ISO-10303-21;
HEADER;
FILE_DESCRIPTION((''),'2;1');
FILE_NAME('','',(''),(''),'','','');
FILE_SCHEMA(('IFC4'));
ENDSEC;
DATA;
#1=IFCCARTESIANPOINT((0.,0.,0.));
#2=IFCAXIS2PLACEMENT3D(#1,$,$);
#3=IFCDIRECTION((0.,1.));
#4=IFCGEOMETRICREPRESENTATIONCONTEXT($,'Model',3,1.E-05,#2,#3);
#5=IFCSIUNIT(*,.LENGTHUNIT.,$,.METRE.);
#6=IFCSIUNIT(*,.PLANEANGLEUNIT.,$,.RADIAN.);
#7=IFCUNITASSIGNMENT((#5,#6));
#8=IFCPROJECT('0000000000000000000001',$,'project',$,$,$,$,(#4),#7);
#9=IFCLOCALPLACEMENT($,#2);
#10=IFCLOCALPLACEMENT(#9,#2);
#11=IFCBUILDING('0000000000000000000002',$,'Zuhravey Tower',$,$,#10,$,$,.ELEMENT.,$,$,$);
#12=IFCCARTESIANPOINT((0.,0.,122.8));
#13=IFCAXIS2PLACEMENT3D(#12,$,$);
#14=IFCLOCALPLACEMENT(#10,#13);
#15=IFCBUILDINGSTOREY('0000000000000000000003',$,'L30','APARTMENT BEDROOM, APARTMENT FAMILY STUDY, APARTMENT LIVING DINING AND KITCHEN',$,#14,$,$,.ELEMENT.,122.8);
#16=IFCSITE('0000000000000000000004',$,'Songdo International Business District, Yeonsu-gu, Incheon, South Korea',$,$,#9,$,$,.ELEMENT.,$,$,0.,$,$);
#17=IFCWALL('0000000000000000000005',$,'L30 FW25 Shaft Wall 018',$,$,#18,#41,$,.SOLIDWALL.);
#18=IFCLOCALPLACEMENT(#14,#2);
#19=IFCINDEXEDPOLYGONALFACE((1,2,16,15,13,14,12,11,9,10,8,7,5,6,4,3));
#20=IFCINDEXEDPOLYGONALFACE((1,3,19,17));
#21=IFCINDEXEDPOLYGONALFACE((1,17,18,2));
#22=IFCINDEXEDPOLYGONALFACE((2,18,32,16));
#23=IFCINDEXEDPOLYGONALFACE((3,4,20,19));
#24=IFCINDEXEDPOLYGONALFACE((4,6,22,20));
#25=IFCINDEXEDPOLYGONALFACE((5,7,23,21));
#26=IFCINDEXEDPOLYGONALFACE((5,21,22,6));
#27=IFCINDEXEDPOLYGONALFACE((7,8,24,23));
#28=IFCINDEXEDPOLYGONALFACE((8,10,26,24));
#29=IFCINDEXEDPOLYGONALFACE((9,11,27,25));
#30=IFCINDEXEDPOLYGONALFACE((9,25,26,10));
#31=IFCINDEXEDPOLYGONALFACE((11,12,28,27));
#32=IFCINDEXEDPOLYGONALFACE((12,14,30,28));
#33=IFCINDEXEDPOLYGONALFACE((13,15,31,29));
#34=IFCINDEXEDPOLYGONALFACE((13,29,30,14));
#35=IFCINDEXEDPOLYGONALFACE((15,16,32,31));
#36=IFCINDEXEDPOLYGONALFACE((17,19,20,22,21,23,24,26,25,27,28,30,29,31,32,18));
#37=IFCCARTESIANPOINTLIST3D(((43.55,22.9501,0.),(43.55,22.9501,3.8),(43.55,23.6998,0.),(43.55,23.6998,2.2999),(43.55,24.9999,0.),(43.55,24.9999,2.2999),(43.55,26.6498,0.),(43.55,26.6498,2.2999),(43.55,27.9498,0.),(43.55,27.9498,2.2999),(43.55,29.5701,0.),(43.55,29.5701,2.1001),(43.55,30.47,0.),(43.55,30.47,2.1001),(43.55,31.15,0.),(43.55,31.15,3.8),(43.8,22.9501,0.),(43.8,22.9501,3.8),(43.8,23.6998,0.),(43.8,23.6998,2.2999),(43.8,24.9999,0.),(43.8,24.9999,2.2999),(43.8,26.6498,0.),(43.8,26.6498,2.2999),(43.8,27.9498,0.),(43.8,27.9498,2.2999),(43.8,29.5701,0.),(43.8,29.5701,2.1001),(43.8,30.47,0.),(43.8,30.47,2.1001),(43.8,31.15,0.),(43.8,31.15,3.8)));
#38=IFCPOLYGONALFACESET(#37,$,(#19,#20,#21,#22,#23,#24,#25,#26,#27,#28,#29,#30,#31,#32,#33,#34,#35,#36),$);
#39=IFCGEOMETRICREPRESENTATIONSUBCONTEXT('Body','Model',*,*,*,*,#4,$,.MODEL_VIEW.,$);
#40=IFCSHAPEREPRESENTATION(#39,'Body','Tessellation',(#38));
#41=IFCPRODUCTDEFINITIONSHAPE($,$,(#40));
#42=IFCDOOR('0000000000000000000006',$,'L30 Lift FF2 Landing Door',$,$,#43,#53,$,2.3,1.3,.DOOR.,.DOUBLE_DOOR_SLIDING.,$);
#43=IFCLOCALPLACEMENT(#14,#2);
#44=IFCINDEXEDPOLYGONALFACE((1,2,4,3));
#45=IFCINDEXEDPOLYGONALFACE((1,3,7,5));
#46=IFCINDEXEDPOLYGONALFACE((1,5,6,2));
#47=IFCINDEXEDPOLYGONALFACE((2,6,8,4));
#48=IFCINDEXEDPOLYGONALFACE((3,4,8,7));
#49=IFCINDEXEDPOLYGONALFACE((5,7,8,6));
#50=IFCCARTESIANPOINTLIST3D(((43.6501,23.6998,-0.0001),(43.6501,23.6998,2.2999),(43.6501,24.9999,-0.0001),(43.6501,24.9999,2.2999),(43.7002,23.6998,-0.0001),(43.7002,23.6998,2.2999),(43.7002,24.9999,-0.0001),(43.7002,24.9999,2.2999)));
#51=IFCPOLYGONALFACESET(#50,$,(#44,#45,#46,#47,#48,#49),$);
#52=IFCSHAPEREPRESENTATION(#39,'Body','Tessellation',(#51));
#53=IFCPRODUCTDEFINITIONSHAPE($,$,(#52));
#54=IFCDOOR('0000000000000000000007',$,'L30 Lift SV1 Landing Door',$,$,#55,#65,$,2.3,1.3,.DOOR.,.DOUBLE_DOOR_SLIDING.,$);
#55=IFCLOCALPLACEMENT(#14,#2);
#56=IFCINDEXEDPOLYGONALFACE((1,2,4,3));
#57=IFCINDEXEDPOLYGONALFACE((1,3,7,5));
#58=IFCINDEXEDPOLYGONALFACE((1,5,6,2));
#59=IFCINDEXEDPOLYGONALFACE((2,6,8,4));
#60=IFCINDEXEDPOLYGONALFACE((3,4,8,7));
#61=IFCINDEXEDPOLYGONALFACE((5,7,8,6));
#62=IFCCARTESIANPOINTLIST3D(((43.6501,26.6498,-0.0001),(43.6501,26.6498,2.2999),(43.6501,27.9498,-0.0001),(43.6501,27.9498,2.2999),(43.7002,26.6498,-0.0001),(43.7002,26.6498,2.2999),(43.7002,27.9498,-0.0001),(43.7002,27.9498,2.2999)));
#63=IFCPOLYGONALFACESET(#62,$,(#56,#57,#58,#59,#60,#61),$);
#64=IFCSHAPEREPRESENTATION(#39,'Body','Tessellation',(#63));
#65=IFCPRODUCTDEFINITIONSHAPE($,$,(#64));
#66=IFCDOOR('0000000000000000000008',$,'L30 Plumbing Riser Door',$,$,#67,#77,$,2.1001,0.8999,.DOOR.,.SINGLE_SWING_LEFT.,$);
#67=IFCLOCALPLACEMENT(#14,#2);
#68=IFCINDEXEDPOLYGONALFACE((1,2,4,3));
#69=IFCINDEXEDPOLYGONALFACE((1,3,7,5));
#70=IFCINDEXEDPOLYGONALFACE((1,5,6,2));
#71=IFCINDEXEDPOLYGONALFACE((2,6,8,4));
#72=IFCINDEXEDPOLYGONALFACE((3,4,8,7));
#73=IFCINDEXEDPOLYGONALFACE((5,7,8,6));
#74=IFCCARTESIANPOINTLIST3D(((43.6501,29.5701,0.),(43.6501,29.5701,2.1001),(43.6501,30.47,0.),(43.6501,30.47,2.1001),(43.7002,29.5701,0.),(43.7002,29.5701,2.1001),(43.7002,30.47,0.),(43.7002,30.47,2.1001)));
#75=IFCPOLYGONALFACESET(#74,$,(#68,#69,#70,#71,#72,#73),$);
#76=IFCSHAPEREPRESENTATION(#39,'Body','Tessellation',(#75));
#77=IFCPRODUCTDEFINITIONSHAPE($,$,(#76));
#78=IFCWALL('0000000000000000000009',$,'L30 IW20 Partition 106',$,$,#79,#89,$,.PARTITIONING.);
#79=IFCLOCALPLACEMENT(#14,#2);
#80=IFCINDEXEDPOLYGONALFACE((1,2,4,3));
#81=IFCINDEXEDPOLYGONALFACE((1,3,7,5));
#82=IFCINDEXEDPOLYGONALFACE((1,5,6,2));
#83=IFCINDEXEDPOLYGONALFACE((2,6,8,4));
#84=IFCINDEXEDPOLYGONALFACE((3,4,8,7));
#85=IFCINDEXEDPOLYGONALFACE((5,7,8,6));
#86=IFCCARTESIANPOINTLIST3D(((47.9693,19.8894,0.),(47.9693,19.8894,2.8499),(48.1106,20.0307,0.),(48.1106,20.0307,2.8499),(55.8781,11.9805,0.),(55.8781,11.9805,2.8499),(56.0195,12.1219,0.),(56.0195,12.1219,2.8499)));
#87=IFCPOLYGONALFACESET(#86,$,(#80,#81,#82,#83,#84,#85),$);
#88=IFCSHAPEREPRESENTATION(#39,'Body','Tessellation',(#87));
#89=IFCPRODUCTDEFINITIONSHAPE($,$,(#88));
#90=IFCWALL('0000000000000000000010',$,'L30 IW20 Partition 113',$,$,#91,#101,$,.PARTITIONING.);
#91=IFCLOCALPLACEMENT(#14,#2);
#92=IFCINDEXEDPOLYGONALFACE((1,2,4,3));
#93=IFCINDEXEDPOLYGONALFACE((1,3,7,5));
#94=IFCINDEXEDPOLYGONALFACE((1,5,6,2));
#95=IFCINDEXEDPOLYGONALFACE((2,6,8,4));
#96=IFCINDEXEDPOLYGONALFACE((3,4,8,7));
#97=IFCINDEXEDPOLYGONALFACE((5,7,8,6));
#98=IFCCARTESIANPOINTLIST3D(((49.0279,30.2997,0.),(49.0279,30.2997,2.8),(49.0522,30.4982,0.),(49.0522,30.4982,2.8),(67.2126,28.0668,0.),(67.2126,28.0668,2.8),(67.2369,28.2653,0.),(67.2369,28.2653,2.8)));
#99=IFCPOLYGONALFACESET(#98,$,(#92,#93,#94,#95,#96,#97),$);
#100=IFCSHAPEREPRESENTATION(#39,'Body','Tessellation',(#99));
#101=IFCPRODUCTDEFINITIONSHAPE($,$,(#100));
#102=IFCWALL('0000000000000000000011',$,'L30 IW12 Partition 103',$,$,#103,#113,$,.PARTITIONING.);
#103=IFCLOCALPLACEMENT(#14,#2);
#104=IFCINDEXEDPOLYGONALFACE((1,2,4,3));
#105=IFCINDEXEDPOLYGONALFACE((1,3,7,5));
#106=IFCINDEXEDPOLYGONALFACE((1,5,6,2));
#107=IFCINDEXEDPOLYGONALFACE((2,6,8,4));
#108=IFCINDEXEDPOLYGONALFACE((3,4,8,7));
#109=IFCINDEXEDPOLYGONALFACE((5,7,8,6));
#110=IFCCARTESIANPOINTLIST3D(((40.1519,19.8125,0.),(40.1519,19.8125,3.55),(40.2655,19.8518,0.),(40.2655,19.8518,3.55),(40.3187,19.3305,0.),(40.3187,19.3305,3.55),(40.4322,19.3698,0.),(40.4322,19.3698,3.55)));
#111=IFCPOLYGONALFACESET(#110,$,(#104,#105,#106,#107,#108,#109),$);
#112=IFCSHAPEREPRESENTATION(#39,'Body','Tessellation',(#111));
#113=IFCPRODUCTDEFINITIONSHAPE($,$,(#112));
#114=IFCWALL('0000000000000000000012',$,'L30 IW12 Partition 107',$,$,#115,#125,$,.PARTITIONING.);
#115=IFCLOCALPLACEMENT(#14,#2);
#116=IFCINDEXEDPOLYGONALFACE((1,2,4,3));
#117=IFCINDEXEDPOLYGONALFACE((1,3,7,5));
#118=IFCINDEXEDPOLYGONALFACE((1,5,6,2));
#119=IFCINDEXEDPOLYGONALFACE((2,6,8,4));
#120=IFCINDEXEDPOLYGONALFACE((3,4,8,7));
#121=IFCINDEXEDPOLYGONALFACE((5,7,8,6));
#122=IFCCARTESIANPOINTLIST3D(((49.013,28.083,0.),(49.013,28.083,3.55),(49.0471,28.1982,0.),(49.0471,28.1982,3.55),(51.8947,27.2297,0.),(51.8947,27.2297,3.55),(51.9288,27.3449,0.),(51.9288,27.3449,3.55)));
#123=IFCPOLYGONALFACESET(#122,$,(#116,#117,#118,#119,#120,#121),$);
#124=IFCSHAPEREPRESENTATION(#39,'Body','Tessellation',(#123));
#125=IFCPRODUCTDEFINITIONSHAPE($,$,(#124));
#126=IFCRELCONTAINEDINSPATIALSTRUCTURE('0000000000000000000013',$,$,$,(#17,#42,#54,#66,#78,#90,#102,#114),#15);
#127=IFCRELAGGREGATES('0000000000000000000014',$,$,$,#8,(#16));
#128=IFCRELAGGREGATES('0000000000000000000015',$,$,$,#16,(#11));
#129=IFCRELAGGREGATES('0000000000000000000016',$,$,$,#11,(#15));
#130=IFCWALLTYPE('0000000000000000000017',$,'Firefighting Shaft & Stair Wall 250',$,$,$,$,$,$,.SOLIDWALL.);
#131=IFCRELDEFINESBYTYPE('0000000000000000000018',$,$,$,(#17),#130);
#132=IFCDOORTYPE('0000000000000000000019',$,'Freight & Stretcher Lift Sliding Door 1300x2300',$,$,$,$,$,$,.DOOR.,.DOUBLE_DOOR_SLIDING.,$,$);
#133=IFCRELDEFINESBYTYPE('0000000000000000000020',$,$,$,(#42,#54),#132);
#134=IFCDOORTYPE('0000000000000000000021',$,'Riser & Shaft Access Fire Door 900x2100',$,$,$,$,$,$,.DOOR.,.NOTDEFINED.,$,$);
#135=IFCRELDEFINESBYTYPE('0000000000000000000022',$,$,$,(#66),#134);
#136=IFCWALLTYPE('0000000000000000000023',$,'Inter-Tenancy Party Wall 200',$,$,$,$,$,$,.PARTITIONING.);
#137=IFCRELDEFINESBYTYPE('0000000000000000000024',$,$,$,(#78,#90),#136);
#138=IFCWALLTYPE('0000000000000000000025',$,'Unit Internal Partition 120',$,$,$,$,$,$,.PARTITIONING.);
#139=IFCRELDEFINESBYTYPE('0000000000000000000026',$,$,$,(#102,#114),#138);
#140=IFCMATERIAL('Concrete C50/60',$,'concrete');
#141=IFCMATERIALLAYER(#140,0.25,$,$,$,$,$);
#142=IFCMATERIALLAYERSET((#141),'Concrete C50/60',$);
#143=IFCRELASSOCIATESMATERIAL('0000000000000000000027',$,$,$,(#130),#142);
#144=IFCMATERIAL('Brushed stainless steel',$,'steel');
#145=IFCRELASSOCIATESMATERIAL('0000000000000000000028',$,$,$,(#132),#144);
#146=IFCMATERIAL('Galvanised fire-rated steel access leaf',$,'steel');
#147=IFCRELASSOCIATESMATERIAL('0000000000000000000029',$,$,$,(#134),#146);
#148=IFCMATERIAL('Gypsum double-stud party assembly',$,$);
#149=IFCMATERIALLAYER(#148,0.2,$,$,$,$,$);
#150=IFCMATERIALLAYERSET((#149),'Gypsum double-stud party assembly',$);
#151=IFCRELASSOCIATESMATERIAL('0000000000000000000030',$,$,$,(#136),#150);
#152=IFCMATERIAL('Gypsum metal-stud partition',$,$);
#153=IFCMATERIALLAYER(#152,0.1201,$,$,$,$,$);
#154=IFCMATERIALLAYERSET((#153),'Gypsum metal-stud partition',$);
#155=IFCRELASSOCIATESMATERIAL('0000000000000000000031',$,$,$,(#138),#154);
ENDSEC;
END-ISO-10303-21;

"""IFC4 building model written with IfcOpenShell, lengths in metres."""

from ifc_helpers import new_model, si_unit, direction, frame, frame_2d, origin, place, context, subcontext, project, spatial, rectangle, extrude, material, layer, layer_set, type_object, element, fill, save


model = new_model("IFC4")

# Units and contexts
model_context = context("Model", 3, precision=1e-05, world=origin(), true_north=direction((0.0, 1.0)))
body_context = subcontext(model_context, "Body", "Model", "MODEL_VIEW")
ifc_project = project(units=[si_unit("LENGTHUNIT", "METRE"), si_unit("PLANEANGLEUNIT", "RADIAN")], contexts=[model_context])

# Site, building, storey
site_placement = place(None, origin())
site = spatial("IfcSite", under=ifc_project, at=site_placement, Name="Songdo International Business District, Yeonsu-gu, Incheon, South Korea", CompositionType="ELEMENT", RefElevation=0.0)
building_placement = place(site_placement, origin())
building = spatial("IfcBuilding", under=site, at=building_placement, Name="Zuhravey Tower", CompositionType="ELEMENT")
storey_placement = place(building_placement, frame((0.0, 0.0, 122.8)))
storey = spatial("IfcBuildingStorey", under=building, at=storey_placement, Name="L30", Description="APARTMENT BEDROOM, APARTMENT FAMILY STUDY, APARTMENT LIVING DINING AND KITCHEN", CompositionType="ELEMENT", Elevation=122.8)

# Shared definitions
ifc_material_1 = material(Name="Concrete C50/60", Category="concrete")
ifc_layer_1 = layer(ifc_material_1, 0.25)
ifc_layer_set_1 = layer_set([ifc_layer_1], Name="Concrete C50/60")
wall_type_1 = type_object("IfcWallType", Name="Firefighting Shaft & Stair Wall 250", PredefinedType="SOLIDWALL", material=ifc_layer_set_1)

# Wall, openings, doors
wall_1_placement = place(storey_placement, frame((43.675, 22.95, 0.0), z_axis=(0.0, 0.0, 1.0), x_axis=(0.0, 1.0, 0.0)))
wall_1 = element("IfcWall", 1, at=wall_1_placement, inside=storey, type_object=wall_type_1, Name="L30 FW25 Shaft Wall 018", PredefinedType="SOLIDWALL", context=body_context, shape_type="SweptSolid", body=[
    extrude(rectangle(XDim=8.2, YDim=0.25, at=frame_2d((4.1001, 0.0))), origin(), (0.0, 0.0, 1.0), 3.8),
])
opening_1_placement = place(wall_1_placement, frame((0.75, 0.0, 0.0)))
opening_1 = element("IfcOpeningElement", 2, at=opening_1_placement, cuts=wall_1, PredefinedType="OPENING", context=body_context, shape_type="SweptSolid", body=[
    extrude(rectangle(XDim=1.3, YDim=2.3, at=frame_2d((0.6499, 1.1499))), frame((0.0, 0.137, 0.0), z_axis=(0.0, -1.0, 0.0), x_axis=(1.0, 0.0, 0.0)), (0.0, 0.0, 1.0), 0.2739),
])
opening_2_placement = place(wall_1_placement, frame((3.7, 0.0, 0.0)))
opening_2 = element("IfcOpeningElement", 3, at=opening_2_placement, cuts=wall_1, PredefinedType="OPENING", context=body_context, shape_type="SweptSolid", body=[
    extrude(rectangle(XDim=1.3, YDim=2.3, at=frame_2d((0.6499, 1.1499))), frame((0.0, 0.137, 0.0), z_axis=(0.0, -1.0, 0.0), x_axis=(1.0, 0.0, 0.0)), (0.0, 0.0, 1.0), 0.2739),
])
opening_3_placement = place(wall_1_placement, frame((6.6201, 0.0, 0.0)))
opening_3 = element("IfcOpeningElement", 4, at=opening_3_placement, cuts=wall_1, PredefinedType="OPENING", context=body_context, shape_type="SweptSolid", body=[
    extrude(rectangle(XDim=0.8999, YDim=2.1001, at=frame_2d((0.45, 1.05))), frame((0.0, 0.137, 0.0), z_axis=(0.0, -1.0, 0.0), x_axis=(1.0, 0.0, 0.0)), (0.0, 0.0, 1.0), 0.2739),
])
ifc_material_2 = material(Name="Brushed stainless steel", Category="steel")
door_type_1 = type_object("IfcDoorType", Name="Freight & Stretcher Lift Sliding Door 1300x2300", OperationType="DOUBLE_DOOR_SLIDING", PredefinedType="DOOR", material=ifc_material_2)
door_1_placement = place(opening_1_placement, origin())
door_1 = element("IfcDoor", 5, at=door_1_placement, inside=storey, type_object=door_type_1, Name="L30 Lift FF2 Landing Door", OperationType="DOUBLE_DOOR_SLIDING", OverallHeight=2.3, OverallWidth=1.3, PredefinedType="DOOR", context=body_context, shape_type="SweptSolid", body=[
    extrude(rectangle(XDim=1.3, YDim=2.3, at=frame_2d((0.6499, 1.1499))), frame((0.0, 0.0249, 0.0), z_axis=(0.0, -1.0, 0.0), x_axis=(1.0, 0.0, 0.0)), (0.0, 0.0, 1.0), 0.05),
])
fill(opening_1, door_1)
door_2_placement = place(opening_2_placement, origin())
door_2 = element("IfcDoor", 6, at=door_2_placement, inside=storey, type_object=door_type_1, Name="L30 Lift SV1 Landing Door", OperationType="DOUBLE_DOOR_SLIDING", OverallHeight=2.3, OverallWidth=1.3, PredefinedType="DOOR", context=body_context, shape_type="SweptSolid", body=[
    extrude(rectangle(XDim=1.3, YDim=2.3, at=frame_2d((0.6499, 1.1499))), frame((0.0, 0.0249, 0.0), z_axis=(0.0, -1.0, 0.0), x_axis=(1.0, 0.0, 0.0)), (0.0, 0.0, 1.0), 0.05),
])
fill(opening_2, door_2)
ifc_material_3 = material(Name="Galvanised fire-rated steel access leaf", Category="steel")
door_type_2 = type_object("IfcDoorType", Name="Riser & Shaft Access Fire Door 900x2100", OperationType="NOTDEFINED", PredefinedType="DOOR", material=ifc_material_3)
door_3_placement = place(opening_3_placement, origin())
door_3 = element("IfcDoor", 7, at=door_3_placement, inside=storey, type_object=door_type_2, Name="L30 Plumbing Riser Door", OperationType="SINGLE_SWING_LEFT", OverallHeight=2.1001, OverallWidth=0.8999, PredefinedType="DOOR", context=body_context, shape_type="SweptSolid", body=[
    extrude(rectangle(XDim=0.8999, YDim=2.1001, at=frame_2d((0.45, 1.05))), frame((0.0, 0.0249, 0.0), z_axis=(0.0, -1.0, 0.0), x_axis=(1.0, 0.0, 0.0)), (0.0, 0.0, 1.0), 0.05),
])
fill(opening_3, door_3)

# Walls
ifc_material_4 = material(Name="Gypsum double-stud party assembly")
ifc_layer_2 = layer(ifc_material_4, 0.2)
ifc_layer_set_2 = layer_set([ifc_layer_2], Name="Gypsum double-stud party assembly")
wall_type_2 = type_object("IfcWallType", Name="Inter-Tenancy Party Wall 200", PredefinedType="PARTITIONING", material=ifc_layer_set_2)
wall_2_placement = place(storey_placement, frame((48.04, 19.96, 0.0), z_axis=(0.0, 0.0, 1.0), x_axis=(0.707107, -0.707107, 0.0)))
element("IfcWall", 8, at=wall_2_placement, inside=storey, type_object=wall_type_2, Name="L30 IW20 Partition 106", PredefinedType="PARTITIONING", context=body_context, shape_type="SweptSolid", body=[
    extrude(rectangle(XDim=11.1848, YDim=0.2, at=frame_2d((5.5923, 0.0))), origin(), (0.0, 0.0, 1.0), 2.8499),
])
wall_3_placement = place(storey_placement, frame((49.04, 30.3989, 0.0), z_axis=(0.0, 0.0, 1.0), x_axis=(0.992546, -0.121874, 0.0)))
element("IfcWall", 9, at=wall_3_placement, inside=storey, type_object=wall_type_2, Name="L30 IW20 Partition 113", PredefinedType="PARTITIONING", context=body_context, shape_type="SweptSolid", body=[
    extrude(rectangle(XDim=18.3213, YDim=0.2, at=frame_2d((9.1606, 0.0))), origin(), (0.0, 0.0, 1.0), 2.8),
])
ifc_material_5 = material(Name="Gypsum metal-stud partition")
ifc_layer_3 = layer(ifc_material_5, 0.1201)
ifc_layer_set_3 = layer_set([ifc_layer_3], Name="Gypsum metal-stud partition")
wall_type_3 = type_object("IfcWallType", Name="Unit Internal Partition 120", PredefinedType="PARTITIONING", material=ifc_layer_set_3)
wall_4_placement = place(storey_placement, frame((40.2087, 19.832, 0.0), z_axis=(0.0, 0.0, 1.0), x_axis=(0.326979, -0.945032, 0.0)))
element("IfcWall", 10, at=wall_4_placement, inside=storey, type_object=wall_type_3, Name="L30 IW12 Partition 103", PredefinedType="PARTITIONING", context=body_context, shape_type="SweptSolid", body=[
    extrude(rectangle(XDim=0.51, YDim=0.1201, at=frame_2d((0.2549, 0.0))), origin(), (0.0, 0.0, 1.0), 3.55),
])
wall_5_placement = place(storey_placement, frame((49.03, 28.1406, 0.0), z_axis=(0.0, 0.0, 1.0), x_axis=(0.958846, -0.283925, 0.0)))
element("IfcWall", 11, at=wall_5_placement, inside=storey, type_object=wall_type_3, Name="L30 IW12 Partition 107", PredefinedType="PARTITIONING", context=body_context, shape_type="SweptSolid", body=[
    extrude(rectangle(XDim=3.0054, YDim=0.1201, at=frame_2d((1.5027, 0.0))), origin(), (0.0, 0.0, 1.0), 3.55),
])

save(model, "model.ifc")
